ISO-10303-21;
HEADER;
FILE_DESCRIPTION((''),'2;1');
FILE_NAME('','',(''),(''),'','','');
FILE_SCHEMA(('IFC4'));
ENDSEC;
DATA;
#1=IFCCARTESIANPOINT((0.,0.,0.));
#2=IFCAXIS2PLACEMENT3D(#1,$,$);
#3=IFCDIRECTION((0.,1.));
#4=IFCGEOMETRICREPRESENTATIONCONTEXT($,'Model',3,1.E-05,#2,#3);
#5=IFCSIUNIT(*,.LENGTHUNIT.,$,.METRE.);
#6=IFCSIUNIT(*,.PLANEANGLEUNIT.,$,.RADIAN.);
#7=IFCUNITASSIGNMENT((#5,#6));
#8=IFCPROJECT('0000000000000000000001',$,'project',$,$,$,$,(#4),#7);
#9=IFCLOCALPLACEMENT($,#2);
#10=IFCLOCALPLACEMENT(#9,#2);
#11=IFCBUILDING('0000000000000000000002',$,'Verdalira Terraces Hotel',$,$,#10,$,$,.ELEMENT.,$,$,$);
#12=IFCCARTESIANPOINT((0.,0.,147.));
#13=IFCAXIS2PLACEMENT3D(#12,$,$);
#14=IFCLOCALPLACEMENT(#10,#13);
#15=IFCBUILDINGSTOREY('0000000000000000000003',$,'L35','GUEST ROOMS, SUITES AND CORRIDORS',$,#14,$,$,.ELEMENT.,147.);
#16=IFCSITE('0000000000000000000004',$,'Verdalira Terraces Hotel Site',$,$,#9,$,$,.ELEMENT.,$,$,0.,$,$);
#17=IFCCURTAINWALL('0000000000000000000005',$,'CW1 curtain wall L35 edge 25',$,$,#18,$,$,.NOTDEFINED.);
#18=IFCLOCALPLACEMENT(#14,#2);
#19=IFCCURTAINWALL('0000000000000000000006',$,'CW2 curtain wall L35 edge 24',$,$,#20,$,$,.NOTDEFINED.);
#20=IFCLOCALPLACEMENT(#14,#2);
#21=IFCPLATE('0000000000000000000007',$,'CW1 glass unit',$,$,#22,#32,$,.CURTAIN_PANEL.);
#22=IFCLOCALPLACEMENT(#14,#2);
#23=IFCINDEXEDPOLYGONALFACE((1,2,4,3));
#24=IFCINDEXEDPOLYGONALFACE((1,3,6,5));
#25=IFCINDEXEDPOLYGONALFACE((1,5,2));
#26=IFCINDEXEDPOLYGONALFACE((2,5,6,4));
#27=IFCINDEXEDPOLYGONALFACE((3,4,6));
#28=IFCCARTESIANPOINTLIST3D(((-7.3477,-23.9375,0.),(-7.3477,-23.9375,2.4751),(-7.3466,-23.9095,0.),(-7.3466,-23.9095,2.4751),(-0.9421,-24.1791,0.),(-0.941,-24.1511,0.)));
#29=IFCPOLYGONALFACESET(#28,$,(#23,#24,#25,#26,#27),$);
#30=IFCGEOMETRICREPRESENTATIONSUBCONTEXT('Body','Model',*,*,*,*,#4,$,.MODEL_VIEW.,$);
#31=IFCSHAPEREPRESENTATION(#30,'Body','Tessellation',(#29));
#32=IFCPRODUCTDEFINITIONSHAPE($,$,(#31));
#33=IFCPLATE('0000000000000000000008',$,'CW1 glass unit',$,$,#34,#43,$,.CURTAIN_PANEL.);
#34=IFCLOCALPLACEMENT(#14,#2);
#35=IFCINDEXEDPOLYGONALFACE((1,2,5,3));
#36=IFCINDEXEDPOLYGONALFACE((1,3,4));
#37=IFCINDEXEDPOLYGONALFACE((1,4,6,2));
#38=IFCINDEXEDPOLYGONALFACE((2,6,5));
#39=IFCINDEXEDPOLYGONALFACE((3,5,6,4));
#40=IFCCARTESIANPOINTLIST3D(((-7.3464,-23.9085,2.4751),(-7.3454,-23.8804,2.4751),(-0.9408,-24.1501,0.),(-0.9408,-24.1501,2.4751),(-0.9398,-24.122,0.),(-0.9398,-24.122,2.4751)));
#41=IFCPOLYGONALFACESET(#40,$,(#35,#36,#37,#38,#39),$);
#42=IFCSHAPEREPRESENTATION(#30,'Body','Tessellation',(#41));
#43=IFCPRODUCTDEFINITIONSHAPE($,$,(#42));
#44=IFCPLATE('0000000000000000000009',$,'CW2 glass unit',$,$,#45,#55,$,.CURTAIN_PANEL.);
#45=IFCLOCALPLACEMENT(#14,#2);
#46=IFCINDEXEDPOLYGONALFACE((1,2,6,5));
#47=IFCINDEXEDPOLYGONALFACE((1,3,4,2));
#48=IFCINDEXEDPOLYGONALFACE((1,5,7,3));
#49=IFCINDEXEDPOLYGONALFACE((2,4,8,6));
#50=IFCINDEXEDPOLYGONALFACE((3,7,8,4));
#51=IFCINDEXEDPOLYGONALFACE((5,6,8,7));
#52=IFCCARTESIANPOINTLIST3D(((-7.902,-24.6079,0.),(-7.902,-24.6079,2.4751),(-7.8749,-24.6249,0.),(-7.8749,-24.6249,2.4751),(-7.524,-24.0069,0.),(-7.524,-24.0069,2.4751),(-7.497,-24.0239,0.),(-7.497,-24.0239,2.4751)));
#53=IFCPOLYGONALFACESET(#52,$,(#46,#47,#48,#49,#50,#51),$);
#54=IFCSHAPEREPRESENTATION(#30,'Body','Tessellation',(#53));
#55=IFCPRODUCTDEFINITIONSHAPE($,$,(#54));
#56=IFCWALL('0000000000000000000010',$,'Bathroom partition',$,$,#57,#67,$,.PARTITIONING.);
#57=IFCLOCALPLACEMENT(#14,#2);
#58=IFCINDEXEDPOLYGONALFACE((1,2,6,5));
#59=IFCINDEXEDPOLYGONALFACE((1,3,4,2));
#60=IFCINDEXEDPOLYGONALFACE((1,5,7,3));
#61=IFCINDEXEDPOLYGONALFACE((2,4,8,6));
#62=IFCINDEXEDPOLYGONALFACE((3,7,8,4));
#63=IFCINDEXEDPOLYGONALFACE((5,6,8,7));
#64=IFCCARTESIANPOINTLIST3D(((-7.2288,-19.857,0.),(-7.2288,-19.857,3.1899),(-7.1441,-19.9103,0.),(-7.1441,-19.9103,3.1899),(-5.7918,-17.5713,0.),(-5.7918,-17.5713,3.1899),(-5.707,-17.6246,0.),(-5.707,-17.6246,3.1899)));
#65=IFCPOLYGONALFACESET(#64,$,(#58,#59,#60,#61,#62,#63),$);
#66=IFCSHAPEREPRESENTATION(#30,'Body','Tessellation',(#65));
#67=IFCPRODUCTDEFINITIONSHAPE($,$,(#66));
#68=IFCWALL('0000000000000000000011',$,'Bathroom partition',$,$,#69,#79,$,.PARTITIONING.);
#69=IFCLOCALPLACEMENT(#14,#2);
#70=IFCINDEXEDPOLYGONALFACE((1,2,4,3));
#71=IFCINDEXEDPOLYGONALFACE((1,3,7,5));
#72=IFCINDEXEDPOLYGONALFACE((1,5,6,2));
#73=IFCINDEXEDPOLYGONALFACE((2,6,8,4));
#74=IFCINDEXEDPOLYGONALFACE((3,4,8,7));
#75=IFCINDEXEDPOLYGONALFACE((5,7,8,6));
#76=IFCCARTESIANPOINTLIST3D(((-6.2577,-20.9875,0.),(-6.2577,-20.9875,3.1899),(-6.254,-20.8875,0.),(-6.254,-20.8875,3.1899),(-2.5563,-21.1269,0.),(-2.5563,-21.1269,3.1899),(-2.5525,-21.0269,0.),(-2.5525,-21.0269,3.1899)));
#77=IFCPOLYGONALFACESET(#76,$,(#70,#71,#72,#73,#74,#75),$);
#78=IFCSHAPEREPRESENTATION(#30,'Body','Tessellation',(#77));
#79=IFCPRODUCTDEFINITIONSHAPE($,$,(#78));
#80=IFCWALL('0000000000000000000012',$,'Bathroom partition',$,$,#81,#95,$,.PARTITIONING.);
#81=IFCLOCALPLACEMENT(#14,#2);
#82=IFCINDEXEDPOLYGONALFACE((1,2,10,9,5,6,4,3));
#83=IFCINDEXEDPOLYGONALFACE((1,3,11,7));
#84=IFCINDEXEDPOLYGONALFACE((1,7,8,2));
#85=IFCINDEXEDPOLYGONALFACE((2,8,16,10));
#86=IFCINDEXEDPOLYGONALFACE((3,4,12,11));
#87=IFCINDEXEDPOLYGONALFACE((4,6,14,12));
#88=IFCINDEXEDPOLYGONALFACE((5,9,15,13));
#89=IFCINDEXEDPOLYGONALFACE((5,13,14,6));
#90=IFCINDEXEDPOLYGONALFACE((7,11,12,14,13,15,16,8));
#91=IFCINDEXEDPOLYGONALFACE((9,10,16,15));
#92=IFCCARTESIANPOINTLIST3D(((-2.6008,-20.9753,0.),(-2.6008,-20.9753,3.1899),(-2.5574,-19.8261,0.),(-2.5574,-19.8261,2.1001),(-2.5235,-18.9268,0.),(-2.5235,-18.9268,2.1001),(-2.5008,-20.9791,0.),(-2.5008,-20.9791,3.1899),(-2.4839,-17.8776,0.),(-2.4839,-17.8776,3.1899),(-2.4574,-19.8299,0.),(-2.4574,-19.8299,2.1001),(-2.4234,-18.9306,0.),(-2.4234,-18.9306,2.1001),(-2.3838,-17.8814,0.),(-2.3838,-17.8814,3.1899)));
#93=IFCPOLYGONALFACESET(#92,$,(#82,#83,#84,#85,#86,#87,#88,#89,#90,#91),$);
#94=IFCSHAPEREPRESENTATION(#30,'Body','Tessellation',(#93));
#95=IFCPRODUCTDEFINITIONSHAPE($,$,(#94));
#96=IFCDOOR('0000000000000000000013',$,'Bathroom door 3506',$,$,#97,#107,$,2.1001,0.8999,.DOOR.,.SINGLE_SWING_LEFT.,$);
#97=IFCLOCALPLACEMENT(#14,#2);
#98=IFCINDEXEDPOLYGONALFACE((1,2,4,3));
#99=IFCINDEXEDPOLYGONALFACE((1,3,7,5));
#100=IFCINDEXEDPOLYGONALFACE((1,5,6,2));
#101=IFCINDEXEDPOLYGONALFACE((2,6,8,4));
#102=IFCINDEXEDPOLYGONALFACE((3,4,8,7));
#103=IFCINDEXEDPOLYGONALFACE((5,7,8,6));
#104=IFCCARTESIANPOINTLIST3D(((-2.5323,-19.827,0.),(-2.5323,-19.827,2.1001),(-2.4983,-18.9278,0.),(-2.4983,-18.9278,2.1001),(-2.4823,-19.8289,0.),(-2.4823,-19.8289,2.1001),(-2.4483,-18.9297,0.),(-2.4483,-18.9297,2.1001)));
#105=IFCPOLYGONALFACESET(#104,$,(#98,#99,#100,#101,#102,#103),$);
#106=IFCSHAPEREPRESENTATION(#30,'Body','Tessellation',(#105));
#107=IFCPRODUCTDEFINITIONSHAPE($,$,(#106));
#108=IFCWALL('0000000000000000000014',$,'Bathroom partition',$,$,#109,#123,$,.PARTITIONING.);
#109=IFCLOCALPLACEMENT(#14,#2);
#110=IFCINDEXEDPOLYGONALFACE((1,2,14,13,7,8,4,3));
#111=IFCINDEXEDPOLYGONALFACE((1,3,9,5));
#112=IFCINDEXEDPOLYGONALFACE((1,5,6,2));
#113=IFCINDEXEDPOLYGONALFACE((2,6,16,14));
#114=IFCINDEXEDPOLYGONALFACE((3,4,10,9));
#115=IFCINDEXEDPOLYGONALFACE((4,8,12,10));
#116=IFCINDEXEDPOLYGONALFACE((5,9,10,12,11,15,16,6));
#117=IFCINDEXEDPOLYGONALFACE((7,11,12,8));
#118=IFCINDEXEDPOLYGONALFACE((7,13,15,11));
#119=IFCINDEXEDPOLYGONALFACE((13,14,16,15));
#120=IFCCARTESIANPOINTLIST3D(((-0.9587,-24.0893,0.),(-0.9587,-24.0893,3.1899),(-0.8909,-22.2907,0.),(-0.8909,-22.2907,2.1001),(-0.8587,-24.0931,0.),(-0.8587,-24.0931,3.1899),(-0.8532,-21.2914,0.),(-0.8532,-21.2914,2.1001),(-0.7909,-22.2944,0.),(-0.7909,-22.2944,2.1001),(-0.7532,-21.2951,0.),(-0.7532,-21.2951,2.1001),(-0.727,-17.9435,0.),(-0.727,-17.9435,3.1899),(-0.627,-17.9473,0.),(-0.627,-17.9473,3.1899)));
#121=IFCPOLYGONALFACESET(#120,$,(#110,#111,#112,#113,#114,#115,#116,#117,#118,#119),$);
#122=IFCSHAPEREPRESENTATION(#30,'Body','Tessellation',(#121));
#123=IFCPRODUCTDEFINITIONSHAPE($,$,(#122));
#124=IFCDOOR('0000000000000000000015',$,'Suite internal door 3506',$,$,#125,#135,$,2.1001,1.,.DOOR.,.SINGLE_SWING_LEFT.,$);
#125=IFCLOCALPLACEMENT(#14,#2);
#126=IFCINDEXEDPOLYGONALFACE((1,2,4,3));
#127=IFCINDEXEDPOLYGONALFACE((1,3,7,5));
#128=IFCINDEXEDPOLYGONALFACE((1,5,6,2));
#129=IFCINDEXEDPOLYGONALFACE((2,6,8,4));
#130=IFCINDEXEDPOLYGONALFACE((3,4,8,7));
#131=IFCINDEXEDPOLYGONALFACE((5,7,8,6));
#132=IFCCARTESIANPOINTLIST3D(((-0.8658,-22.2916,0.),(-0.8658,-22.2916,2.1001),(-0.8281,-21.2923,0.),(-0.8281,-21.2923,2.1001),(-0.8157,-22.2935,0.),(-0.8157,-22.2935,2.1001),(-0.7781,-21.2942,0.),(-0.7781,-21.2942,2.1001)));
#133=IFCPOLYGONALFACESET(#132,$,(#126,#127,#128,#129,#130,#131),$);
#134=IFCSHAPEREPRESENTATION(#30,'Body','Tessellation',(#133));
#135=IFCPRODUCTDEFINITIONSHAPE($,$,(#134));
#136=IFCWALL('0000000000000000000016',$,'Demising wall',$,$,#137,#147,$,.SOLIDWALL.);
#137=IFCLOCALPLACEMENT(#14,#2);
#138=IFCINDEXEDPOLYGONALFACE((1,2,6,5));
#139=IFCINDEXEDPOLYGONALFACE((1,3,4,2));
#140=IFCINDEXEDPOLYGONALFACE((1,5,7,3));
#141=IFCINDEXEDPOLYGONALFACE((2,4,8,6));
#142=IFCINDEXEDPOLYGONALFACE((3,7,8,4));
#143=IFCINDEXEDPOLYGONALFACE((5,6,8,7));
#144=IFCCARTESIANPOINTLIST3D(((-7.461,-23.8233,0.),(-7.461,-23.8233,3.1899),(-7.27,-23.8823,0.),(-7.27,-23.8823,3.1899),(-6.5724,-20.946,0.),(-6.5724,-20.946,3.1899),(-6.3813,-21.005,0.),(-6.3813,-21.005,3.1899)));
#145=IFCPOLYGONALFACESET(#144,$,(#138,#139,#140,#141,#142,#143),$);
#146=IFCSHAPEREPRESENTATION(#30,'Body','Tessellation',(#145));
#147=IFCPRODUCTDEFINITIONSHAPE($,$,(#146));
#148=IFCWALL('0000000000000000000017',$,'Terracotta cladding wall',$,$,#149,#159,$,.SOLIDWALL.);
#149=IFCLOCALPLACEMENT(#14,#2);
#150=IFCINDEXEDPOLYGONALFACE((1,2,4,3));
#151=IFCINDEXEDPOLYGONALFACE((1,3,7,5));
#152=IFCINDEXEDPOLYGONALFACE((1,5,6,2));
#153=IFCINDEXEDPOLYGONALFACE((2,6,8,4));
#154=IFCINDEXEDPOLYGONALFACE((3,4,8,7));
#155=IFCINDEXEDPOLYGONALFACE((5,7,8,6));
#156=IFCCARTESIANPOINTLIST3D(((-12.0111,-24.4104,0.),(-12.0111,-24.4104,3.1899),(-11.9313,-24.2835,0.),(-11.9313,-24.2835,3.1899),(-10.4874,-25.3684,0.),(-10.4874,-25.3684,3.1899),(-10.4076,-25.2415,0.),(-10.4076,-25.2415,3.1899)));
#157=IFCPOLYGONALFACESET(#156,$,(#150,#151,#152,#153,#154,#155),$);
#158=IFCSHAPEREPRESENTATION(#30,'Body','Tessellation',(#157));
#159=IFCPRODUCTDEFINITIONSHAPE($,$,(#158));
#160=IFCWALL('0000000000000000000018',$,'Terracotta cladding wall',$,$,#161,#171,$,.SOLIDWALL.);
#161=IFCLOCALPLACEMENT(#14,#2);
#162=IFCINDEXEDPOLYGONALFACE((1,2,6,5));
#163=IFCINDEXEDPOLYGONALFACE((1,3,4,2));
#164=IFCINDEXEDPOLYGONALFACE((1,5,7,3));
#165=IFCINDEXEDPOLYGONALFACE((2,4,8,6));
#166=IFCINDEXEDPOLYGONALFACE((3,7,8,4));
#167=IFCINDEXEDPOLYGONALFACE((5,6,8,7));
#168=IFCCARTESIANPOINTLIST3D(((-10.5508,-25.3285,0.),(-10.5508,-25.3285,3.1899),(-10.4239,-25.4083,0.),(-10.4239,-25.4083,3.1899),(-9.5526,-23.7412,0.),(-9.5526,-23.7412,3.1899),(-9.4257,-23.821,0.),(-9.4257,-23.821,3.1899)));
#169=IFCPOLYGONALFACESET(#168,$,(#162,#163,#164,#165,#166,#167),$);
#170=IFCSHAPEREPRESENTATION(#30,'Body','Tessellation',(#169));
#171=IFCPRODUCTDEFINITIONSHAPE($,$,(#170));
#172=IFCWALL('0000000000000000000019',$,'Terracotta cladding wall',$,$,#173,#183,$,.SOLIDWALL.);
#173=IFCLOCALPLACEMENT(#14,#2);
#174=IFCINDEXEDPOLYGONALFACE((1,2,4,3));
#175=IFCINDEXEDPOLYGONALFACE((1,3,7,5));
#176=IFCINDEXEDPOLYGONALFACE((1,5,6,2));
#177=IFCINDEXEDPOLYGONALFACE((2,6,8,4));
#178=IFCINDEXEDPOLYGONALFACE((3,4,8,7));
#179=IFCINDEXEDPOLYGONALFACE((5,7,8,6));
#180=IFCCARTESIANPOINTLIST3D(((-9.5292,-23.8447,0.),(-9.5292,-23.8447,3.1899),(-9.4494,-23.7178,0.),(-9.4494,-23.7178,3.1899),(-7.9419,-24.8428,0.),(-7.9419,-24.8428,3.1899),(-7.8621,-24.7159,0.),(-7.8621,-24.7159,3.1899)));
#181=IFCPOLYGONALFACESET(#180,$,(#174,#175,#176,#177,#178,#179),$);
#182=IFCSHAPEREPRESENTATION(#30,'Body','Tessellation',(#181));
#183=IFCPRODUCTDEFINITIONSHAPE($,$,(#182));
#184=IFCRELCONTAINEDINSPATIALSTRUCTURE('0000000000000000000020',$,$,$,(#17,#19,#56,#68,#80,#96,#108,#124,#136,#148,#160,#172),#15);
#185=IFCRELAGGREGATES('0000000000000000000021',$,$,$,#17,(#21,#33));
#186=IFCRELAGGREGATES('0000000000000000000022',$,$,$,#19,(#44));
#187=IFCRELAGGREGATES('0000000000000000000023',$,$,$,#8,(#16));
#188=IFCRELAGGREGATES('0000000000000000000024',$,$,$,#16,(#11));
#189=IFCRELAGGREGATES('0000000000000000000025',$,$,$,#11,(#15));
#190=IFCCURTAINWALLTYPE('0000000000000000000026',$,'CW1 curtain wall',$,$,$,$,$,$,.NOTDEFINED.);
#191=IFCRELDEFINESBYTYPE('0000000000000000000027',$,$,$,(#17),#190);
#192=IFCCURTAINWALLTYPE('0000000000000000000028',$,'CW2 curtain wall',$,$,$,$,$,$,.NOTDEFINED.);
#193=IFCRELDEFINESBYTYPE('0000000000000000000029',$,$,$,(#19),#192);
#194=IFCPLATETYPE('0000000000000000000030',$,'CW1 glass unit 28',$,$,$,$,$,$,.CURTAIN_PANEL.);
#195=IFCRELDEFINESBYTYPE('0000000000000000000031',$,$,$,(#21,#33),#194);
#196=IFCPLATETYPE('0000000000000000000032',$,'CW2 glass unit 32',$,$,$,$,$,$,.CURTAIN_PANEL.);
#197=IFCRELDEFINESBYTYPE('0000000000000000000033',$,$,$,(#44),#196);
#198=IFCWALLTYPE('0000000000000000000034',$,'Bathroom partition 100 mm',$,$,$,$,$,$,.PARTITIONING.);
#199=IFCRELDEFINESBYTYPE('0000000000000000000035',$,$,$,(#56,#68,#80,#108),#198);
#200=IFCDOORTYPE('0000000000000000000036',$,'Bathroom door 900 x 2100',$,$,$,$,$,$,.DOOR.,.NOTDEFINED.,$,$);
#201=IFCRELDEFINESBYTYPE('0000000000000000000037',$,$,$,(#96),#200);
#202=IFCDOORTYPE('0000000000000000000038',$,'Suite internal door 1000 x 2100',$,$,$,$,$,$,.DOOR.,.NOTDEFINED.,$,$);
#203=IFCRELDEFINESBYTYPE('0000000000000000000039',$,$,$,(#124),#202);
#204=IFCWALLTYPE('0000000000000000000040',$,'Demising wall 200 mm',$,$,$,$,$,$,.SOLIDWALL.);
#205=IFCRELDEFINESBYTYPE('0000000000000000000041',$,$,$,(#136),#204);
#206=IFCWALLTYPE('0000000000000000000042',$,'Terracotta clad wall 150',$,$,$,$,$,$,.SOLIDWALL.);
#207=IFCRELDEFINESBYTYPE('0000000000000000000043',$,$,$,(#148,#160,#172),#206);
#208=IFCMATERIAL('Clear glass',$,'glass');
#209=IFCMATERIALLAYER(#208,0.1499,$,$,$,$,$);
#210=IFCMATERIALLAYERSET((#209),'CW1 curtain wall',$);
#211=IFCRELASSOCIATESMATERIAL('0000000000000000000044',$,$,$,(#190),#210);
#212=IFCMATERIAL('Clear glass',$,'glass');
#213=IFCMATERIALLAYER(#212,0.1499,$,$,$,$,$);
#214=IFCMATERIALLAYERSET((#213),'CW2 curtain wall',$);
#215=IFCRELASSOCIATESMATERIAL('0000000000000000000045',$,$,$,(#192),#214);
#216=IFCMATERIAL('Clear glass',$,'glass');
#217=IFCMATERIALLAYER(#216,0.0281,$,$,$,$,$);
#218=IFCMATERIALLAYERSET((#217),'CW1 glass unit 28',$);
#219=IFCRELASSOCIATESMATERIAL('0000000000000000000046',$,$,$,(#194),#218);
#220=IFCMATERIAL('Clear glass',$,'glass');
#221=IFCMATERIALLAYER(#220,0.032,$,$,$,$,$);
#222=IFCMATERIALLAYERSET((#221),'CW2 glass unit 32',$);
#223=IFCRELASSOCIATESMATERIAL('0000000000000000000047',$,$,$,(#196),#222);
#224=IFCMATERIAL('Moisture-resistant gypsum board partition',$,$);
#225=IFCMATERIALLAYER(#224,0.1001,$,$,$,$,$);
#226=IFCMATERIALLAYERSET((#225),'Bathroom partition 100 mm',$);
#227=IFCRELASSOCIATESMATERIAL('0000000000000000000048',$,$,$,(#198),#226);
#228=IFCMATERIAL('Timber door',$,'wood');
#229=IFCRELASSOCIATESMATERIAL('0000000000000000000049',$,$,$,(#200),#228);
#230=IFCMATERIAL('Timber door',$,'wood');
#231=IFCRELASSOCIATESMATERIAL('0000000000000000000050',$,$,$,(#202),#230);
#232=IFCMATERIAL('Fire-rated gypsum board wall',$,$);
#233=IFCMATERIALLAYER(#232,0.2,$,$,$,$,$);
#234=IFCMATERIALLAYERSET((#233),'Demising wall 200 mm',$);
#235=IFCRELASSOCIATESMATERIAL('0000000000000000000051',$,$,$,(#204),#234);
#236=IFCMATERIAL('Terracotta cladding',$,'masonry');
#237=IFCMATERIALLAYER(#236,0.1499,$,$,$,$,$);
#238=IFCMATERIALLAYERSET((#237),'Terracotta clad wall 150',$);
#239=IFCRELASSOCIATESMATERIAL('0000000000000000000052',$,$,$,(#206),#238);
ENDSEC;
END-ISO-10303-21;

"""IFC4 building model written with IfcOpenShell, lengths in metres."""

from ifc_helpers import new_model, si_unit, direction, frame, frame_2d, origin, origin_2d, place, context, subcontext, project, spatial, polyline, rectangle, outline, extrude, material, layer, layer_set, type_object, element, fill, aggregate, save


model = new_model("IFC4")

# Units and contexts
model_context = context("Model", 3, precision=1e-05, world=origin(), true_north=direction((0.0, 1.0)))
body_context = subcontext(model_context, "Body", "Model", "MODEL_VIEW")
ifc_project = project(units=[si_unit("LENGTHUNIT", "METRE"), si_unit("PLANEANGLEUNIT", "RADIAN")], contexts=[model_context])

# Site, building, storey
site_placement = place(None, origin())
site = spatial("IfcSite", under=ifc_project, at=site_placement, Name="Verdalira Terraces Hotel Site", CompositionType="ELEMENT", RefElevation=0.0)
building_placement = place(site_placement, origin())
building = spatial("IfcBuilding", under=site, at=building_placement, Name="Verdalira Terraces Hotel", CompositionType="ELEMENT")
storey_placement = place(building_placement, frame((0.0, 0.0, 147.0)))
storey = spatial("IfcBuildingStorey", under=building, at=storey_placement, Name="L35", Description="GUEST ROOMS, SUITES AND CORRIDORS", CompositionType="ELEMENT", Elevation=147.0)

# Curtain walls
ifc_material_1 = material(Name="Clear glass", Category="glass")
ifc_layer_1 = layer(ifc_material_1, 0.1499)
ifc_layer_set_1 = layer_set([ifc_layer_1], Name="CW1 curtain wall")
curtain_wall_type_1 = type_object("IfcCurtainWallType", Name="CW1 curtain wall", PredefinedType="NOTDEFINED", material=ifc_layer_set_1)
curtain_wall_1_placement = place(storey_placement, origin())
curtain_wall_1 = element("IfcCurtainWall", 1, at=curtain_wall_1_placement, inside=storey, type_object=curtain_wall_type_1, Name="CW1 curtain wall L35 edge 25", PredefinedType="NOTDEFINED")
ifc_material_2 = material(Name="Clear glass", Category="glass")
ifc_layer_2 = layer(ifc_material_2, 0.1499)
ifc_layer_set_2 = layer_set([ifc_layer_2], Name="CW2 curtain wall")
curtain_wall_type_2 = type_object("IfcCurtainWallType", Name="CW2 curtain wall", PredefinedType="NOTDEFINED", material=ifc_layer_set_2)
curtain_wall_2_placement = place(storey_placement, origin())
curtain_wall_2 = element("IfcCurtainWall", 2, at=curtain_wall_2_placement, inside=storey, type_object=curtain_wall_type_2, Name="CW2 curtain wall L35 edge 24", PredefinedType="NOTDEFINED")

# Plates
ifc_material_3 = material(Name="Clear glass", Category="glass")
ifc_layer_3 = layer(ifc_material_3, 0.0281)
ifc_layer_set_3 = layer_set([ifc_layer_3], Name="CW1 glass unit 28")
plate_type_1 = type_object("IfcPlateType", Name="CW1 glass unit 28", PredefinedType="CURTAIN_PANEL", material=ifc_layer_set_3)
plate_1_placement = place(storey_placement, frame((-4.1438, -24.0303, 1.2375), z_axis=(-0.03769, -0.999289, 0.0), x_axis=(0.999289, -0.03769, 0.0)))
plate_1 = element("IfcPlate", 3, at=plate_1_placement, type_object=plate_type_1, Name="CW1 glass unit", PredefinedType="CURTAIN_PANEL", context=body_context, shape_type="SweptSolid", body=[
    extrude(outline(polyline([(-3.2051, -1.2375), (3.2051, -1.2375), (-3.2051, 1.2375), (-3.2051, -1.2375)])), origin(), (0.0, 0.0, 1.0), 0.0281),
])
plate_2_placement = place(storey_placement, frame((-4.1426, -24.0012, 1.2375), z_axis=(-0.03769, -0.999289, 0.0), x_axis=(0.999289, -0.03769, 0.0)))
plate_2 = element("IfcPlate", 4, at=plate_2_placement, type_object=plate_type_1, Name="CW1 glass unit", PredefinedType="CURTAIN_PANEL", context=body_context, shape_type="SweptSolid", body=[
    extrude(outline(polyline([(3.2051, -1.2375), (3.2051, 1.2375), (-3.2051, 1.2375), (3.2051, -1.2375)])), origin(), (0.0, 0.0, 1.0), 0.0281),
])
aggregate(curtain_wall_1, [plate_1, plate_2])
ifc_material_4 = material(Name="Clear glass", Category="glass")
ifc_layer_4 = layer(ifc_material_4, 0.032)
ifc_layer_set_4 = layer_set([ifc_layer_4], Name="CW2 glass unit 32")
plate_type_2 = type_object("IfcPlateType", Name="CW2 glass unit 32", PredefinedType="CURTAIN_PANEL", material=ifc_layer_set_4)
plate_3_placement = place(storey_placement, frame((-7.6995, -24.3159, 0.0), z_axis=(0.0, 0.0, 1.0), x_axis=(0.532285, 0.846565, 0.0)))
plate_3 = element("IfcPlate", 5, at=plate_3_placement, type_object=plate_type_2, Name="CW2 glass unit", PredefinedType="CURTAIN_PANEL", context=body_context, shape_type="SweptSolid", body=[
    extrude(rectangle(XDim=0.71, YDim=0.032, at=origin_2d()), origin(), (0.0, 0.0, 1.0), 2.4751),
])
aggregate(curtain_wall_2, [plate_3])

# Walls
ifc_material_5 = material(Name="Moisture-resistant gypsum board partition")
ifc_layer_5 = layer(ifc_material_5, 0.1001)
ifc_layer_set_5 = layer_set([ifc_layer_5], Name="Bathroom partition 100 mm")
wall_type_1 = type_object("IfcWallType", Name="Bathroom partition 100 mm", PredefinedType="PARTITIONING", material=ifc_layer_set_5)
wall_1_placement = place(storey_placement, frame((-7.1865, -19.8838, 0.0), z_axis=(0.0, 0.0, 1.0), x_axis=(0.532257, 0.846583, 0.0)))
element("IfcWall", 6, at=wall_1_placement, inside=storey, type_object=wall_type_1, Name="Bathroom partition", PredefinedType="PARTITIONING", context=body_context, shape_type="SweptSolid", body=[
    extrude(rectangle(XDim=2.7, YDim=0.1001, at=frame_2d((1.3501, 0.0))), origin(), (0.0, 0.0, 1.0), 3.1899),
])
wall_2_placement = place(storey_placement, frame((-6.2559, -20.9375, 0.0), z_axis=(0.0, 0.0, 1.0), x_axis=(0.999292, -0.037636, 0.0)))
element("IfcWall", 7, at=wall_2_placement, inside=storey, type_object=wall_type_1, Name="Bathroom partition", PredefinedType="PARTITIONING", context=body_context, shape_type="SweptSolid", body=[
    extrude(rectangle(XDim=3.7041, YDim=0.1001, at=frame_2d((1.8521, 0.0))), origin(), (0.0, 0.0, 1.0), 3.1899),
])

# Walls, openings, doors
wall_3_placement = place(storey_placement, frame((-2.5508, -20.9771, 0.0), z_axis=(0.0, 0.0, 1.0), x_axis=(0.037725, 0.999288, 0.0)))
wall_3 = element("IfcWall", 8, at=wall_3_placement, inside=storey, type_object=wall_type_1, Name="Bathroom partition", PredefinedType="PARTITIONING", context=body_context, shape_type="SweptSolid", body=[
    extrude(rectangle(XDim=3.0999, YDim=0.1001, at=frame_2d((1.5498, 0.0))), origin(), (0.0, 0.0, 1.0), 3.1899),
])
opening_1_placement = place(wall_3_placement, frame((1.1499, 0.0, 0.0)))
opening_1 = element("IfcOpeningElement", 9, at=opening_1_placement, cuts=wall_3, PredefinedType="OPENING", context=body_context, shape_type="SweptSolid", body=[
    extrude(rectangle(XDim=0.8999, YDim=2.1001, at=frame_2d((0.45, 1.05))), frame((0.0, 0.0601, 0.0), z_axis=(0.0, -1.0, 0.0), x_axis=(1.0, 0.0, 0.0)), (0.0, 0.0, 1.0), 0.1201),
])
ifc_material_6 = material(Name="Timber door", Category="wood")
door_type_1 = type_object("IfcDoorType", Name="Bathroom door 900 x 2100", OperationType="NOTDEFINED", PredefinedType="DOOR", material=ifc_material_6)
door_1_placement = place(opening_1_placement, origin())
door_1 = element("IfcDoor", 10, at=door_1_placement, inside=storey, type_object=door_type_1, Name="Bathroom door 3506", OperationType="SINGLE_SWING_LEFT", OverallHeight=2.1001, OverallWidth=0.8999, PredefinedType="DOOR", context=body_context, shape_type="SweptSolid", body=[
    extrude(rectangle(XDim=0.8999, YDim=2.1001, at=frame_2d((0.45, 1.05))), frame((0.0, 0.0249, 0.0), z_axis=(0.0, -1.0, 0.0), x_axis=(1.0, 0.0, 0.0)), (0.0, 0.0, 1.0), 0.05),
])
fill(opening_1, door_1)
wall_4_placement = place(storey_placement, frame((-0.9087, -24.0913, 0.0), z_axis=(0.0, 0.0, 1.0), x_axis=(0.037672, 0.99929, 0.0)))
wall_4 = element("IfcWall", 11, at=wall_4_placement, inside=storey, type_object=wall_type_1, Name="Bathroom partition", PredefinedType="PARTITIONING", context=body_context, shape_type="SweptSolid", body=[
    extrude(rectangle(XDim=6.1501, YDim=0.1001, at=frame_2d((3.0752, 0.0))), origin(), (0.0, 0.0, 1.0), 3.1899),
])
opening_2_placement = place(wall_4_placement, frame((1.8, 0.0, 0.0)))
opening_2 = element("IfcOpeningElement", 12, at=opening_2_placement, cuts=wall_4, PredefinedType="OPENING", context=body_context, shape_type="SweptSolid", body=[
    extrude(rectangle(XDim=1.0, YDim=2.1001, at=frame_2d((0.5, 1.05))), frame((0.0, 0.0601, 0.0), z_axis=(0.0, -1.0, 0.0), x_axis=(1.0, 0.0, 0.0)), (0.0, 0.0, 1.0), 0.1201),
])
ifc_material_7 = material(Name="Timber door", Category="wood")
door_type_2 = type_object("IfcDoorType", Name="Suite internal door 1000 x 2100", OperationType="NOTDEFINED", PredefinedType="DOOR", material=ifc_material_7)
door_2_placement = place(opening_2_placement, origin())
door_2 = element("IfcDoor", 13, at=door_2_placement, inside=storey, type_object=door_type_2, Name="Suite internal door 3506", OperationType="SINGLE_SWING_LEFT", OverallHeight=2.1001, OverallWidth=1.0, PredefinedType="DOOR", context=body_context, shape_type="SweptSolid", body=[
    extrude(rectangle(XDim=1.0, YDim=2.1001, at=frame_2d((0.5, 1.05))), frame((0.0, 0.0249, 0.0), z_axis=(0.0, -1.0, 0.0), x_axis=(1.0, 0.0, 0.0)), (0.0, 0.0, 1.0), 0.05),
])
fill(opening_2, door_2)

# Walls
ifc_material_8 = material(Name="Fire-rated gypsum board wall")
ifc_layer_6 = layer(ifc_material_8, 0.2)
ifc_layer_set_6 = layer_set([ifc_layer_6], Name="Demising wall 200 mm")
wall_type_2 = type_object("IfcWallType", Name="Demising wall 200 mm", PredefinedType="SOLIDWALL", material=ifc_layer_set_6)
wall_5_placement = place(storey_placement, frame((-6.4768, -20.9753, 0.0), z_axis=(0.0, 0.0, 1.0), x_axis=(-0.295088, -0.95547, 0.0)))
element("IfcWall", 14, at=wall_5_placement, inside=storey, type_object=wall_type_2, Name="Demising wall", PredefinedType="SOLIDWALL", context=body_context, shape_type="SweptSolid", body=[
    extrude(rectangle(XDim=3.0115, YDim=0.2, at=frame_2d((1.5059, 0.0))), origin(), (0.0, 0.0, 1.0), 3.1899),
])
ifc_material_9 = material(Name="Terracotta cladding", Category="masonry")
ifc_layer_7 = layer(ifc_material_9, 0.1499)
ifc_layer_set_7 = layer_set([ifc_layer_7], Name="Terracotta clad wall 150")
wall_type_3 = type_object("IfcWallType", Name="Terracotta clad wall 150", PredefinedType="SOLIDWALL", material=ifc_layer_set_7)
wall_6_placement = place(storey_placement, frame((-11.9712, -24.3469, 0.0), z_axis=(0.0, 0.0, 1.0), x_axis=(0.84657, -0.532277, 0.0)))
element("IfcWall", 15, at=wall_6_placement, inside=storey, type_object=wall_type_3, Name="Terracotta cladding wall", PredefinedType="SOLIDWALL", context=body_context, shape_type="SweptSolid", body=[
    extrude(rectangle(XDim=1.7998, YDim=0.1499, at=frame_2d((0.8999, 0.0))), origin(), (0.0, 0.0, 1.0), 3.1899),
])
for number, where, z_axis, x_axis, name in (
    (16, (-10.4873, -25.3684, 0.0), (0.0, 0.0, 1.0), (0.532326, 0.846539, 0.0), "Terracotta cladding wall"),
    (17, (-9.4893, -23.7812, 0.0), (0.0, 0.0, 1.0), (0.846539, -0.532326, 0.0), "Terracotta cladding wall"),
):
    element("IfcWall", number, at=place(storey_placement, frame(where, z_axis=z_axis, x_axis=x_axis)), inside=storey, type_object=wall_type_3, Name=name, PredefinedType="SOLIDWALL", context=body_context, shape_type="SweptSolid", body=[
        extrude(rectangle(XDim=1.875, YDim=0.1499, at=frame_2d((0.9375, 0.0))), origin(), (0.0, 0.0, 1.0), 3.1899),
    ])

save(model, "model.ifc")
